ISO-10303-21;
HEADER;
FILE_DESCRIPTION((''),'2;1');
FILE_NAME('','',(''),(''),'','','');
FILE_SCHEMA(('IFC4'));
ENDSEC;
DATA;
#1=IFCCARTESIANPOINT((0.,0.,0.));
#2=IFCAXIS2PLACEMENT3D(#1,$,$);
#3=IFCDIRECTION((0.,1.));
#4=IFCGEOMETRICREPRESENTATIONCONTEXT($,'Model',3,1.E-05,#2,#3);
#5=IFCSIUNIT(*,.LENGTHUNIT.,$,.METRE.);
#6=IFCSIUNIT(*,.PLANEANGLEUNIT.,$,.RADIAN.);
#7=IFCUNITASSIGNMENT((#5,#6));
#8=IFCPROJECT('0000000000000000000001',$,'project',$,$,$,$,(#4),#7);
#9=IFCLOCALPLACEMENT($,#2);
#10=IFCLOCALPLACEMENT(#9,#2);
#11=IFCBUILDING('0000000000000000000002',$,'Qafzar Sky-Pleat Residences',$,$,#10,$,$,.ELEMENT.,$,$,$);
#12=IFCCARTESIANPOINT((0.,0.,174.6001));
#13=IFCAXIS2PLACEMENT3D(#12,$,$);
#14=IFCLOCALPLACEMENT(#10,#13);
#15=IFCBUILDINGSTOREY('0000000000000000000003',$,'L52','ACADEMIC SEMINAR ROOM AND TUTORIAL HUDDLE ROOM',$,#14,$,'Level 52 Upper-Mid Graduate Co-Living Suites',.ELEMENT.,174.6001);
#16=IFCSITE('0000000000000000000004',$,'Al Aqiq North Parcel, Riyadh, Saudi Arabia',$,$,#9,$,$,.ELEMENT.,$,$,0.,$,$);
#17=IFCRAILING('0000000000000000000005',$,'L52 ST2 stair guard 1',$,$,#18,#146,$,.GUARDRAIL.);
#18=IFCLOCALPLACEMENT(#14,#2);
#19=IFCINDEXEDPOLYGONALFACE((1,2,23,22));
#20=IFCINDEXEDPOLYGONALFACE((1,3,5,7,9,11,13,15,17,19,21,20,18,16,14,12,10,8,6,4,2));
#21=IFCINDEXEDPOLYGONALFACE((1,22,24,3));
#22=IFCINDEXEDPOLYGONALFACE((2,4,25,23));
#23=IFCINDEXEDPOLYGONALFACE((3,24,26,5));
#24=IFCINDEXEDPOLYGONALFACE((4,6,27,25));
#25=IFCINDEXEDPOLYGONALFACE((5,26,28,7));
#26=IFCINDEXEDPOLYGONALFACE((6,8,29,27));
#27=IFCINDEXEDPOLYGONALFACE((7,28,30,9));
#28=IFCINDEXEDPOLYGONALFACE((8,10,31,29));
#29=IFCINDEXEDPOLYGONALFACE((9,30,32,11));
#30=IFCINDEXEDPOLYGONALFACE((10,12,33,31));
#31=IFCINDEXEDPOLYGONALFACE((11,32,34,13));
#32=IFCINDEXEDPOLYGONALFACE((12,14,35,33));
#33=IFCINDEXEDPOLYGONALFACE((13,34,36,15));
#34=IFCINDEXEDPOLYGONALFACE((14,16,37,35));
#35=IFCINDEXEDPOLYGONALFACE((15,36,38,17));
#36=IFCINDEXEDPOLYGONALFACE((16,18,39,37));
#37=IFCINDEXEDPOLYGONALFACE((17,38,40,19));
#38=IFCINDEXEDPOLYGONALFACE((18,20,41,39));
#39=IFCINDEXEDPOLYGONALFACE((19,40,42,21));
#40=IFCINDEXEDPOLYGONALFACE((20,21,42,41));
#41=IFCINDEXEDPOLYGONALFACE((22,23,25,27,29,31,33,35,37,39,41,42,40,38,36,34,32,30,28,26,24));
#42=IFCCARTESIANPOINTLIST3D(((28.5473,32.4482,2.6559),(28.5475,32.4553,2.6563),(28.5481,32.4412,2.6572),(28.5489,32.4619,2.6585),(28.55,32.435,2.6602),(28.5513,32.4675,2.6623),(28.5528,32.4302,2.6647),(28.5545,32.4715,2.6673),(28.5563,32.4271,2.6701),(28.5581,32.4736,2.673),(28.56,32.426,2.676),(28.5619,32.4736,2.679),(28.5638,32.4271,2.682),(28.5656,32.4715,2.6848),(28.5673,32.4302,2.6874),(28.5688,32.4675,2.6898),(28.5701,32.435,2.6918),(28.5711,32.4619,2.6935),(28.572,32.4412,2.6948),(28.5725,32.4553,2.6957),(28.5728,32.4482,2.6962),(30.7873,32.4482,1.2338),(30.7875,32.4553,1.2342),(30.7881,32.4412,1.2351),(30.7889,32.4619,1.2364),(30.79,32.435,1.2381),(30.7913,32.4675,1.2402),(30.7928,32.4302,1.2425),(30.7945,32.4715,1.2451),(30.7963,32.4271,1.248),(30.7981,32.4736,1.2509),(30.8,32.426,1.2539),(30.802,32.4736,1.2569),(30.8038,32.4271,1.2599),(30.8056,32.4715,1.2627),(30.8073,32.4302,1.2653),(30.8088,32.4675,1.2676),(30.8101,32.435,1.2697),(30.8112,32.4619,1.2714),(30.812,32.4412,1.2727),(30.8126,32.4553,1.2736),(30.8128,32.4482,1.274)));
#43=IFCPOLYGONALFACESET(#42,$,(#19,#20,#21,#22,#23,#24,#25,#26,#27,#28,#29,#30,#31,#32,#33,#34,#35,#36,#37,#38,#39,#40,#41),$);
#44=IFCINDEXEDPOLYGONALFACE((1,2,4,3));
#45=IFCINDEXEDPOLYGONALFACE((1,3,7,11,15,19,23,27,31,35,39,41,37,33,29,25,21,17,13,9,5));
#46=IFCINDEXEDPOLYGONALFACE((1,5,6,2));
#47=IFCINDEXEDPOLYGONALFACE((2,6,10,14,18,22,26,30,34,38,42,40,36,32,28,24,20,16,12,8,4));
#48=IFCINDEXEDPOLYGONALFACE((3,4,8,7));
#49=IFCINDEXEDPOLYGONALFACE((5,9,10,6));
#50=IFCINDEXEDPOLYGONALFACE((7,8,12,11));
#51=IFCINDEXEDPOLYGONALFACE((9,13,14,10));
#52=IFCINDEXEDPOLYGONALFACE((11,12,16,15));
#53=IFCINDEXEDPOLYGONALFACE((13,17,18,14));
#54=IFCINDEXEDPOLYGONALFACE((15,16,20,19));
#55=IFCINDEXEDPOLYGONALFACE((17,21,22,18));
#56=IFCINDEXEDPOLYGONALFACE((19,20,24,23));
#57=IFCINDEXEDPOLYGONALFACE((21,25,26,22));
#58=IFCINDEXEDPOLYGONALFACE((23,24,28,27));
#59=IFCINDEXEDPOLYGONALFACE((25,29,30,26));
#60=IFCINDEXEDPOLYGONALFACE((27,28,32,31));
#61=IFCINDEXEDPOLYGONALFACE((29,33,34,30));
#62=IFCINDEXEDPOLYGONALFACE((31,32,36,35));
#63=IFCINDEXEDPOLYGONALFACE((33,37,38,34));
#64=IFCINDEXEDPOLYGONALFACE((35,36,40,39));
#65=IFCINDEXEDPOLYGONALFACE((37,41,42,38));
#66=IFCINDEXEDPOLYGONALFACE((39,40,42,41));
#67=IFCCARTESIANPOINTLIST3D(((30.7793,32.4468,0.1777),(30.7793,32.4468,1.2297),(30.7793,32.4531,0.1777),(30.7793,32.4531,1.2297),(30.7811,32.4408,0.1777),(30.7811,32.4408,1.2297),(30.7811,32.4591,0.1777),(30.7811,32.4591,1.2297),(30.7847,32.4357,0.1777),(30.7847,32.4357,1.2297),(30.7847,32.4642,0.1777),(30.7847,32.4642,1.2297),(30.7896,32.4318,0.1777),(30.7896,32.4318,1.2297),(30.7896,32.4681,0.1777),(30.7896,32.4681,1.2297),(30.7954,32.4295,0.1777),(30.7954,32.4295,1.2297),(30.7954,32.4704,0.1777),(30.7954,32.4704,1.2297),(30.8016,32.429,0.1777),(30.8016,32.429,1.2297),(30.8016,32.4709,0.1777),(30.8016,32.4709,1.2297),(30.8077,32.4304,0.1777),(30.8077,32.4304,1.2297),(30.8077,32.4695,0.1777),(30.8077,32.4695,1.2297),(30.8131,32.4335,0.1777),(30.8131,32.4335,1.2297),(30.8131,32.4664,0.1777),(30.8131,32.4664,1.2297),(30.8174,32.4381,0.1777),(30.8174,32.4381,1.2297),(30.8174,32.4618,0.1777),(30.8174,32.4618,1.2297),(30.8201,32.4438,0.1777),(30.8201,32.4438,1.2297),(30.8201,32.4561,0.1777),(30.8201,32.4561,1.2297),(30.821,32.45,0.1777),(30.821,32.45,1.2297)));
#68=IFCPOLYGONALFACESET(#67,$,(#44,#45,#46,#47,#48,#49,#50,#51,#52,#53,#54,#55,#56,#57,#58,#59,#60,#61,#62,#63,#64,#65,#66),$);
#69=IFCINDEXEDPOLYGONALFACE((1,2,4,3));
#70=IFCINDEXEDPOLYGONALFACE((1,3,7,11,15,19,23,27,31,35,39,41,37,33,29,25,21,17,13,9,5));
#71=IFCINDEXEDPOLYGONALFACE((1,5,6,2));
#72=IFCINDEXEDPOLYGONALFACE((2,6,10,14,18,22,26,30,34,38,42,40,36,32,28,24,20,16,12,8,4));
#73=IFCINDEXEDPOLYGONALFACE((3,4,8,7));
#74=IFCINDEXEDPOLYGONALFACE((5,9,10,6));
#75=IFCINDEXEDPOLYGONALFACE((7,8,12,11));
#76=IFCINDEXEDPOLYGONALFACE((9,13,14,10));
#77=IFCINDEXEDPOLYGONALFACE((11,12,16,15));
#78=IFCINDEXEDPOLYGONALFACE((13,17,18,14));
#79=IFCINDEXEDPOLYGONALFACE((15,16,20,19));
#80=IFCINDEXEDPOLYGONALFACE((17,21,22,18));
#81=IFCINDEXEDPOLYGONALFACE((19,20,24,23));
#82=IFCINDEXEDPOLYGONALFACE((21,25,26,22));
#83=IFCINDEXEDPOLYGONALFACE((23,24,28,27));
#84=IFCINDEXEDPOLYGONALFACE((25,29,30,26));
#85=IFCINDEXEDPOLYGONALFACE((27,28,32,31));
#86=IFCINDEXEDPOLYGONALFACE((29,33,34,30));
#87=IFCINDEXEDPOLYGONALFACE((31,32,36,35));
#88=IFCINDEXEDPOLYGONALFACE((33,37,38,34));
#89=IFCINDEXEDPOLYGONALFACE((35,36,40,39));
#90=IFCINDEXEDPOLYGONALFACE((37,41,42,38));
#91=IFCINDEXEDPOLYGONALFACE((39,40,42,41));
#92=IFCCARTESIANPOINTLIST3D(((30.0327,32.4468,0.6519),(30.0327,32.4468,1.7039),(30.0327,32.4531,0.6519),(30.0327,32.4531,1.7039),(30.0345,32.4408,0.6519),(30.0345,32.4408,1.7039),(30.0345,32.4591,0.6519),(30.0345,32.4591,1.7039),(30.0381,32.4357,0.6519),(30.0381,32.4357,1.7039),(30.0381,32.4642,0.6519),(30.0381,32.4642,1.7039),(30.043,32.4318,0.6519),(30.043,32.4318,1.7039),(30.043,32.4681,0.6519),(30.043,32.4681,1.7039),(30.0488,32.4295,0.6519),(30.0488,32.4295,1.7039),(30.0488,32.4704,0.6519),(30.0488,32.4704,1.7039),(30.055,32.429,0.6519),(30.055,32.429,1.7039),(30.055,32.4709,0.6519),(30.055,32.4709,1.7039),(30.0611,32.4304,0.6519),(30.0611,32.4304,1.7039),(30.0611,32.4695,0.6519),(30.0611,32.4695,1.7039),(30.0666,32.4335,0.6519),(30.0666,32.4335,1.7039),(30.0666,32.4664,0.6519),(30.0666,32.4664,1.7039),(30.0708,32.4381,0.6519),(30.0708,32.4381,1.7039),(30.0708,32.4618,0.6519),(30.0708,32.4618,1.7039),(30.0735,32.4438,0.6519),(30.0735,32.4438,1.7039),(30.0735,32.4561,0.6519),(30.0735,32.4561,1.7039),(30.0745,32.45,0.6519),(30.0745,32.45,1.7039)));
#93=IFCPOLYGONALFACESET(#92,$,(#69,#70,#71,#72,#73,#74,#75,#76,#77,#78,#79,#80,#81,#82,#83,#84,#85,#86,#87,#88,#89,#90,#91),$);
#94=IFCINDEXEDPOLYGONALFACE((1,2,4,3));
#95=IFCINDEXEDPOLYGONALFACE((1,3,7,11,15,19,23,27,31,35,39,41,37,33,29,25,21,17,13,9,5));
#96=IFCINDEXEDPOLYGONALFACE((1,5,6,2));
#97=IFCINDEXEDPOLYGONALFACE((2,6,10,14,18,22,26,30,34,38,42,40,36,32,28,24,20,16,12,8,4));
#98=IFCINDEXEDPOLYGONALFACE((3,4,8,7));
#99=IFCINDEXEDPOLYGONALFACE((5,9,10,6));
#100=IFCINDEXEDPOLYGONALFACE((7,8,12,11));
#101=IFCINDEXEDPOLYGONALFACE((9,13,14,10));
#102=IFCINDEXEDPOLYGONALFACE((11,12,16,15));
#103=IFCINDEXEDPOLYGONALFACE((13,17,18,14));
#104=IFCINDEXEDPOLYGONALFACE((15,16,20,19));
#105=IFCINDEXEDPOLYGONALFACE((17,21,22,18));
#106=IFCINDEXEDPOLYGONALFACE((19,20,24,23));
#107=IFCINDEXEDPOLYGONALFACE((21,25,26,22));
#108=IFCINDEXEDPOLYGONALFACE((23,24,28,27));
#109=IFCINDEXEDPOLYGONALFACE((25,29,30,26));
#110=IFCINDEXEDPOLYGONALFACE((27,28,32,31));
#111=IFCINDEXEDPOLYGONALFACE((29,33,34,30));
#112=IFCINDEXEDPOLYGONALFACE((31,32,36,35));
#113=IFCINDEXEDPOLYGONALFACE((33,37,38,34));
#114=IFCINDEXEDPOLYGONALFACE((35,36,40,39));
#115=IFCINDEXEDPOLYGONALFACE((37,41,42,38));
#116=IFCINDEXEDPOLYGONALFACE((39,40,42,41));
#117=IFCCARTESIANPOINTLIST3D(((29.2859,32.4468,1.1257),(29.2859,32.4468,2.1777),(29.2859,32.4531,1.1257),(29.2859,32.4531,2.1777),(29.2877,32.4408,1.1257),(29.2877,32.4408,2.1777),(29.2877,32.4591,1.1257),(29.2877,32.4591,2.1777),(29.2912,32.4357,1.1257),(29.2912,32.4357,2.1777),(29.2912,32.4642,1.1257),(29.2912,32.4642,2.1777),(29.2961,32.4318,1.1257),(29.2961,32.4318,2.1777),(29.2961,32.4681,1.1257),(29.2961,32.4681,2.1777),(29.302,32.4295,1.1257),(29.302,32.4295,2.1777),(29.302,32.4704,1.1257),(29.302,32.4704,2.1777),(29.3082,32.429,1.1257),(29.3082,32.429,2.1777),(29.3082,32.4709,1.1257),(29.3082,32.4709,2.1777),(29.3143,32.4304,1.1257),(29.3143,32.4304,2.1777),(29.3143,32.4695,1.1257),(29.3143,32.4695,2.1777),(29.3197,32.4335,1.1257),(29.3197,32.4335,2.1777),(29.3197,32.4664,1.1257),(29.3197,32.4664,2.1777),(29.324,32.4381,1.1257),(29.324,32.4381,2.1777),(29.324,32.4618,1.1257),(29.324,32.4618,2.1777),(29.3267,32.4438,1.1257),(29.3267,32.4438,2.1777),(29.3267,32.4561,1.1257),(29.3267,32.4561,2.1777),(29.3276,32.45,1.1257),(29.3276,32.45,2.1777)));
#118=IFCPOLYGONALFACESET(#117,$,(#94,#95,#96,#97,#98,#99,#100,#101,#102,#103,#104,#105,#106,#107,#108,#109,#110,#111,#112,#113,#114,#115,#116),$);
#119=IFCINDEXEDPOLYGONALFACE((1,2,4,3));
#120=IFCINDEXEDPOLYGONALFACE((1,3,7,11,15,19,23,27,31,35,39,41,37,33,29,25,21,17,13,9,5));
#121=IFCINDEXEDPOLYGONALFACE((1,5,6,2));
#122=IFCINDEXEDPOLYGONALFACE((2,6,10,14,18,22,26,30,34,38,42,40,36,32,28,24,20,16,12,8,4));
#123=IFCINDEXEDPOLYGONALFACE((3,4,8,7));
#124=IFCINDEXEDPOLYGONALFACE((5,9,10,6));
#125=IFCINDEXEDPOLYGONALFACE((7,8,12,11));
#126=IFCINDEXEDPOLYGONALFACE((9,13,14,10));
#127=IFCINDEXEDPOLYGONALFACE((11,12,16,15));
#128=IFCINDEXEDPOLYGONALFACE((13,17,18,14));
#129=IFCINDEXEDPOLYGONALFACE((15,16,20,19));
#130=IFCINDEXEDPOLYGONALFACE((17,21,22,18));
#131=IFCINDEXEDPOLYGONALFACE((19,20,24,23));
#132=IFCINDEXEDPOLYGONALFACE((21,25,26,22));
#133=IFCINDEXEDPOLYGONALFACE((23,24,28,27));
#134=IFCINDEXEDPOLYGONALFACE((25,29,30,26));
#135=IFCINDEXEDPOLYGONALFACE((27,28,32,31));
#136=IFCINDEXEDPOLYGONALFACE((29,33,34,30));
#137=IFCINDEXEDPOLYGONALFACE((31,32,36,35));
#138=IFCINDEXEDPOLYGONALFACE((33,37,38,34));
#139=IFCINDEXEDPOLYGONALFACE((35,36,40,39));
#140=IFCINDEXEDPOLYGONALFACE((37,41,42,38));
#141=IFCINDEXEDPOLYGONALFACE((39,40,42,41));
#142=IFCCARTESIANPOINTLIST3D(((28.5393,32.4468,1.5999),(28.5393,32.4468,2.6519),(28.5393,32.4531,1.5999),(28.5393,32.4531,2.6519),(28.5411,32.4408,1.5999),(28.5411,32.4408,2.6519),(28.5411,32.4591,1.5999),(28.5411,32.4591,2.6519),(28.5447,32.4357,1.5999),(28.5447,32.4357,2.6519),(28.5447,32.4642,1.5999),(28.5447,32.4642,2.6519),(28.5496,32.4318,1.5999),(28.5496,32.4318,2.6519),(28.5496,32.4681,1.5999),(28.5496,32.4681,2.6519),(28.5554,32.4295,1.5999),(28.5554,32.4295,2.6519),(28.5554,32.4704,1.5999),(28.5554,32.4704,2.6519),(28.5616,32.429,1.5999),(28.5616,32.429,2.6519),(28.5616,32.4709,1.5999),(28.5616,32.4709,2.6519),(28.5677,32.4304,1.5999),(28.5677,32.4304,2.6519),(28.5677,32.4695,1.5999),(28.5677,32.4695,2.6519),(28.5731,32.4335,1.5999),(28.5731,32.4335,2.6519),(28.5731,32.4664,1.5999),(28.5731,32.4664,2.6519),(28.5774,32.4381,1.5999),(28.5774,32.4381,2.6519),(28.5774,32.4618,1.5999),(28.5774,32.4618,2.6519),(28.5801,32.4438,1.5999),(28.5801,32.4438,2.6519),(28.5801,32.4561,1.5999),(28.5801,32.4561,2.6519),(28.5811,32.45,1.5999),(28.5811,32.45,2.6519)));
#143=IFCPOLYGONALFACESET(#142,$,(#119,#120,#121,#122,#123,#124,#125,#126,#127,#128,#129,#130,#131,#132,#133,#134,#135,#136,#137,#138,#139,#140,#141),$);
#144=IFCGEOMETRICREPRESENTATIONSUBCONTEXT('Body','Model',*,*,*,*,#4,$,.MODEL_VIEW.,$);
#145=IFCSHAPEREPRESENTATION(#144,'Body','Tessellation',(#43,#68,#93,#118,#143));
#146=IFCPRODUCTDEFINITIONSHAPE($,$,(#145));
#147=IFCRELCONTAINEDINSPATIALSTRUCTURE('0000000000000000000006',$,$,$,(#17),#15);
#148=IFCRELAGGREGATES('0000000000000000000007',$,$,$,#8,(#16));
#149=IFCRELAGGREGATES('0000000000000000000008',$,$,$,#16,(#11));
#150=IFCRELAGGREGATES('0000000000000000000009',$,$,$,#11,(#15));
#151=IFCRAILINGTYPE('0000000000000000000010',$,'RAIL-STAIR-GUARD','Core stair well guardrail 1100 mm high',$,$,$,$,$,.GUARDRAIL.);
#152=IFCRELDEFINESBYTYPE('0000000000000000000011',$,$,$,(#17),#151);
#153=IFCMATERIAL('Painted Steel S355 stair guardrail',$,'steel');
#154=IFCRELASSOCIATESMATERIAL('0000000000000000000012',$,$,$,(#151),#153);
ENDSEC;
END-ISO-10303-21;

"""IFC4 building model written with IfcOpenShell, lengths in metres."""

from ifc_helpers import new_model, si_unit, direction, frame, origin, origin_2d, place, context, subcontext, project, spatial, circle, extrude, source, transform, mapped, material, type_object, element, save


model = new_model("IFC4")

# Units and contexts
model_context = context("Model", 3, precision=1e-05, world=origin(), true_north=direction((0.0, 1.0)))
body_context = subcontext(model_context, "Body", "Model", "MODEL_VIEW")
ifc_project = project(units=[si_unit("LENGTHUNIT", "METRE"), si_unit("PLANEANGLEUNIT", "RADIAN")], contexts=[model_context])

# Site, building, storey
site_placement = place(None, origin())
site = spatial("IfcSite", under=ifc_project, at=site_placement, Name="Al Aqiq North Parcel, Riyadh, Saudi Arabia", CompositionType="ELEMENT", RefElevation=0.0)
building_placement = place(site_placement, origin())
building = spatial("IfcBuilding", under=site, at=building_placement, Name="Qafzar Sky-Pleat Residences", CompositionType="ELEMENT")
storey_placement = place(building_placement, frame((0.0, 0.0, 174.6001)))
storey = spatial("IfcBuildingStorey", under=building, at=storey_placement, Name="L52", Description="ACADEMIC SEMINAR ROOM AND TUTORIAL HUDDLE ROOM", LongName="Level 52 Upper-Mid Graduate Co-Living Suites", CompositionType="ELEMENT", Elevation=174.6001)

# Railing
ifc_material_1 = material(Name="Painted Steel S355 stair guardrail", Category="steel")
railing_type_1 = type_object("IfcRailingType", Name="RAIL-STAIR-GUARD", Description="Core stair well guardrail 1100 mm high", PredefinedType="GUARDRAIL", material=ifc_material_1)
shared_shape_1 = source(origin(), body_context, "Body", "SweptSolid", [
    extrude(circle(Radius=0.0239, at=origin_2d()), frame((0.0, 0.0, 1.0762), z_axis=(-0.844229, 0.0, 0.535982), x_axis=(0.0, -1.0, 0.0)), (0.0, 0.0, 1.0), 2.6533),
    extrude(circle(Radius=0.021, at=origin_2d()), origin(), (0.0, 0.0, 1.0), 1.052),
    extrude(circle(Radius=0.021, at=origin_2d()), frame((-0.7466, 0.0, 0.4741)), (0.0, 0.0, 1.0), 1.052),
    extrude(circle(Radius=0.021, at=origin_2d()), frame((-1.4934, 0.0, 0.948)), (0.0, 0.0, 1.0), 1.052),
    extrude(circle(Radius=0.021, at=origin_2d()), frame((-2.24, 0.0, 1.4221)), (0.0, 0.0, 1.0), 1.052),
])
railing_1_placement = place(storey_placement, frame((30.8, 32.45, 0.1777)))
element("IfcRailing", 1, at=railing_1_placement, inside=storey, type_object=railing_type_1, Name="L52 ST2 stair guard 1", PredefinedType="GUARDRAIL", context=body_context, shape_type="MappedRepresentation", body=[
    mapped(shared_shape_1, transform((0.0, 0.0, 0.0), x_axis=(1.0, 0.0, 0.0), y_axis=(0.0, 1.0, 0.0), z_axis=(0.0, 0.0, 1.0), scale=1.0)),
])

save(model, "model.ifc")
